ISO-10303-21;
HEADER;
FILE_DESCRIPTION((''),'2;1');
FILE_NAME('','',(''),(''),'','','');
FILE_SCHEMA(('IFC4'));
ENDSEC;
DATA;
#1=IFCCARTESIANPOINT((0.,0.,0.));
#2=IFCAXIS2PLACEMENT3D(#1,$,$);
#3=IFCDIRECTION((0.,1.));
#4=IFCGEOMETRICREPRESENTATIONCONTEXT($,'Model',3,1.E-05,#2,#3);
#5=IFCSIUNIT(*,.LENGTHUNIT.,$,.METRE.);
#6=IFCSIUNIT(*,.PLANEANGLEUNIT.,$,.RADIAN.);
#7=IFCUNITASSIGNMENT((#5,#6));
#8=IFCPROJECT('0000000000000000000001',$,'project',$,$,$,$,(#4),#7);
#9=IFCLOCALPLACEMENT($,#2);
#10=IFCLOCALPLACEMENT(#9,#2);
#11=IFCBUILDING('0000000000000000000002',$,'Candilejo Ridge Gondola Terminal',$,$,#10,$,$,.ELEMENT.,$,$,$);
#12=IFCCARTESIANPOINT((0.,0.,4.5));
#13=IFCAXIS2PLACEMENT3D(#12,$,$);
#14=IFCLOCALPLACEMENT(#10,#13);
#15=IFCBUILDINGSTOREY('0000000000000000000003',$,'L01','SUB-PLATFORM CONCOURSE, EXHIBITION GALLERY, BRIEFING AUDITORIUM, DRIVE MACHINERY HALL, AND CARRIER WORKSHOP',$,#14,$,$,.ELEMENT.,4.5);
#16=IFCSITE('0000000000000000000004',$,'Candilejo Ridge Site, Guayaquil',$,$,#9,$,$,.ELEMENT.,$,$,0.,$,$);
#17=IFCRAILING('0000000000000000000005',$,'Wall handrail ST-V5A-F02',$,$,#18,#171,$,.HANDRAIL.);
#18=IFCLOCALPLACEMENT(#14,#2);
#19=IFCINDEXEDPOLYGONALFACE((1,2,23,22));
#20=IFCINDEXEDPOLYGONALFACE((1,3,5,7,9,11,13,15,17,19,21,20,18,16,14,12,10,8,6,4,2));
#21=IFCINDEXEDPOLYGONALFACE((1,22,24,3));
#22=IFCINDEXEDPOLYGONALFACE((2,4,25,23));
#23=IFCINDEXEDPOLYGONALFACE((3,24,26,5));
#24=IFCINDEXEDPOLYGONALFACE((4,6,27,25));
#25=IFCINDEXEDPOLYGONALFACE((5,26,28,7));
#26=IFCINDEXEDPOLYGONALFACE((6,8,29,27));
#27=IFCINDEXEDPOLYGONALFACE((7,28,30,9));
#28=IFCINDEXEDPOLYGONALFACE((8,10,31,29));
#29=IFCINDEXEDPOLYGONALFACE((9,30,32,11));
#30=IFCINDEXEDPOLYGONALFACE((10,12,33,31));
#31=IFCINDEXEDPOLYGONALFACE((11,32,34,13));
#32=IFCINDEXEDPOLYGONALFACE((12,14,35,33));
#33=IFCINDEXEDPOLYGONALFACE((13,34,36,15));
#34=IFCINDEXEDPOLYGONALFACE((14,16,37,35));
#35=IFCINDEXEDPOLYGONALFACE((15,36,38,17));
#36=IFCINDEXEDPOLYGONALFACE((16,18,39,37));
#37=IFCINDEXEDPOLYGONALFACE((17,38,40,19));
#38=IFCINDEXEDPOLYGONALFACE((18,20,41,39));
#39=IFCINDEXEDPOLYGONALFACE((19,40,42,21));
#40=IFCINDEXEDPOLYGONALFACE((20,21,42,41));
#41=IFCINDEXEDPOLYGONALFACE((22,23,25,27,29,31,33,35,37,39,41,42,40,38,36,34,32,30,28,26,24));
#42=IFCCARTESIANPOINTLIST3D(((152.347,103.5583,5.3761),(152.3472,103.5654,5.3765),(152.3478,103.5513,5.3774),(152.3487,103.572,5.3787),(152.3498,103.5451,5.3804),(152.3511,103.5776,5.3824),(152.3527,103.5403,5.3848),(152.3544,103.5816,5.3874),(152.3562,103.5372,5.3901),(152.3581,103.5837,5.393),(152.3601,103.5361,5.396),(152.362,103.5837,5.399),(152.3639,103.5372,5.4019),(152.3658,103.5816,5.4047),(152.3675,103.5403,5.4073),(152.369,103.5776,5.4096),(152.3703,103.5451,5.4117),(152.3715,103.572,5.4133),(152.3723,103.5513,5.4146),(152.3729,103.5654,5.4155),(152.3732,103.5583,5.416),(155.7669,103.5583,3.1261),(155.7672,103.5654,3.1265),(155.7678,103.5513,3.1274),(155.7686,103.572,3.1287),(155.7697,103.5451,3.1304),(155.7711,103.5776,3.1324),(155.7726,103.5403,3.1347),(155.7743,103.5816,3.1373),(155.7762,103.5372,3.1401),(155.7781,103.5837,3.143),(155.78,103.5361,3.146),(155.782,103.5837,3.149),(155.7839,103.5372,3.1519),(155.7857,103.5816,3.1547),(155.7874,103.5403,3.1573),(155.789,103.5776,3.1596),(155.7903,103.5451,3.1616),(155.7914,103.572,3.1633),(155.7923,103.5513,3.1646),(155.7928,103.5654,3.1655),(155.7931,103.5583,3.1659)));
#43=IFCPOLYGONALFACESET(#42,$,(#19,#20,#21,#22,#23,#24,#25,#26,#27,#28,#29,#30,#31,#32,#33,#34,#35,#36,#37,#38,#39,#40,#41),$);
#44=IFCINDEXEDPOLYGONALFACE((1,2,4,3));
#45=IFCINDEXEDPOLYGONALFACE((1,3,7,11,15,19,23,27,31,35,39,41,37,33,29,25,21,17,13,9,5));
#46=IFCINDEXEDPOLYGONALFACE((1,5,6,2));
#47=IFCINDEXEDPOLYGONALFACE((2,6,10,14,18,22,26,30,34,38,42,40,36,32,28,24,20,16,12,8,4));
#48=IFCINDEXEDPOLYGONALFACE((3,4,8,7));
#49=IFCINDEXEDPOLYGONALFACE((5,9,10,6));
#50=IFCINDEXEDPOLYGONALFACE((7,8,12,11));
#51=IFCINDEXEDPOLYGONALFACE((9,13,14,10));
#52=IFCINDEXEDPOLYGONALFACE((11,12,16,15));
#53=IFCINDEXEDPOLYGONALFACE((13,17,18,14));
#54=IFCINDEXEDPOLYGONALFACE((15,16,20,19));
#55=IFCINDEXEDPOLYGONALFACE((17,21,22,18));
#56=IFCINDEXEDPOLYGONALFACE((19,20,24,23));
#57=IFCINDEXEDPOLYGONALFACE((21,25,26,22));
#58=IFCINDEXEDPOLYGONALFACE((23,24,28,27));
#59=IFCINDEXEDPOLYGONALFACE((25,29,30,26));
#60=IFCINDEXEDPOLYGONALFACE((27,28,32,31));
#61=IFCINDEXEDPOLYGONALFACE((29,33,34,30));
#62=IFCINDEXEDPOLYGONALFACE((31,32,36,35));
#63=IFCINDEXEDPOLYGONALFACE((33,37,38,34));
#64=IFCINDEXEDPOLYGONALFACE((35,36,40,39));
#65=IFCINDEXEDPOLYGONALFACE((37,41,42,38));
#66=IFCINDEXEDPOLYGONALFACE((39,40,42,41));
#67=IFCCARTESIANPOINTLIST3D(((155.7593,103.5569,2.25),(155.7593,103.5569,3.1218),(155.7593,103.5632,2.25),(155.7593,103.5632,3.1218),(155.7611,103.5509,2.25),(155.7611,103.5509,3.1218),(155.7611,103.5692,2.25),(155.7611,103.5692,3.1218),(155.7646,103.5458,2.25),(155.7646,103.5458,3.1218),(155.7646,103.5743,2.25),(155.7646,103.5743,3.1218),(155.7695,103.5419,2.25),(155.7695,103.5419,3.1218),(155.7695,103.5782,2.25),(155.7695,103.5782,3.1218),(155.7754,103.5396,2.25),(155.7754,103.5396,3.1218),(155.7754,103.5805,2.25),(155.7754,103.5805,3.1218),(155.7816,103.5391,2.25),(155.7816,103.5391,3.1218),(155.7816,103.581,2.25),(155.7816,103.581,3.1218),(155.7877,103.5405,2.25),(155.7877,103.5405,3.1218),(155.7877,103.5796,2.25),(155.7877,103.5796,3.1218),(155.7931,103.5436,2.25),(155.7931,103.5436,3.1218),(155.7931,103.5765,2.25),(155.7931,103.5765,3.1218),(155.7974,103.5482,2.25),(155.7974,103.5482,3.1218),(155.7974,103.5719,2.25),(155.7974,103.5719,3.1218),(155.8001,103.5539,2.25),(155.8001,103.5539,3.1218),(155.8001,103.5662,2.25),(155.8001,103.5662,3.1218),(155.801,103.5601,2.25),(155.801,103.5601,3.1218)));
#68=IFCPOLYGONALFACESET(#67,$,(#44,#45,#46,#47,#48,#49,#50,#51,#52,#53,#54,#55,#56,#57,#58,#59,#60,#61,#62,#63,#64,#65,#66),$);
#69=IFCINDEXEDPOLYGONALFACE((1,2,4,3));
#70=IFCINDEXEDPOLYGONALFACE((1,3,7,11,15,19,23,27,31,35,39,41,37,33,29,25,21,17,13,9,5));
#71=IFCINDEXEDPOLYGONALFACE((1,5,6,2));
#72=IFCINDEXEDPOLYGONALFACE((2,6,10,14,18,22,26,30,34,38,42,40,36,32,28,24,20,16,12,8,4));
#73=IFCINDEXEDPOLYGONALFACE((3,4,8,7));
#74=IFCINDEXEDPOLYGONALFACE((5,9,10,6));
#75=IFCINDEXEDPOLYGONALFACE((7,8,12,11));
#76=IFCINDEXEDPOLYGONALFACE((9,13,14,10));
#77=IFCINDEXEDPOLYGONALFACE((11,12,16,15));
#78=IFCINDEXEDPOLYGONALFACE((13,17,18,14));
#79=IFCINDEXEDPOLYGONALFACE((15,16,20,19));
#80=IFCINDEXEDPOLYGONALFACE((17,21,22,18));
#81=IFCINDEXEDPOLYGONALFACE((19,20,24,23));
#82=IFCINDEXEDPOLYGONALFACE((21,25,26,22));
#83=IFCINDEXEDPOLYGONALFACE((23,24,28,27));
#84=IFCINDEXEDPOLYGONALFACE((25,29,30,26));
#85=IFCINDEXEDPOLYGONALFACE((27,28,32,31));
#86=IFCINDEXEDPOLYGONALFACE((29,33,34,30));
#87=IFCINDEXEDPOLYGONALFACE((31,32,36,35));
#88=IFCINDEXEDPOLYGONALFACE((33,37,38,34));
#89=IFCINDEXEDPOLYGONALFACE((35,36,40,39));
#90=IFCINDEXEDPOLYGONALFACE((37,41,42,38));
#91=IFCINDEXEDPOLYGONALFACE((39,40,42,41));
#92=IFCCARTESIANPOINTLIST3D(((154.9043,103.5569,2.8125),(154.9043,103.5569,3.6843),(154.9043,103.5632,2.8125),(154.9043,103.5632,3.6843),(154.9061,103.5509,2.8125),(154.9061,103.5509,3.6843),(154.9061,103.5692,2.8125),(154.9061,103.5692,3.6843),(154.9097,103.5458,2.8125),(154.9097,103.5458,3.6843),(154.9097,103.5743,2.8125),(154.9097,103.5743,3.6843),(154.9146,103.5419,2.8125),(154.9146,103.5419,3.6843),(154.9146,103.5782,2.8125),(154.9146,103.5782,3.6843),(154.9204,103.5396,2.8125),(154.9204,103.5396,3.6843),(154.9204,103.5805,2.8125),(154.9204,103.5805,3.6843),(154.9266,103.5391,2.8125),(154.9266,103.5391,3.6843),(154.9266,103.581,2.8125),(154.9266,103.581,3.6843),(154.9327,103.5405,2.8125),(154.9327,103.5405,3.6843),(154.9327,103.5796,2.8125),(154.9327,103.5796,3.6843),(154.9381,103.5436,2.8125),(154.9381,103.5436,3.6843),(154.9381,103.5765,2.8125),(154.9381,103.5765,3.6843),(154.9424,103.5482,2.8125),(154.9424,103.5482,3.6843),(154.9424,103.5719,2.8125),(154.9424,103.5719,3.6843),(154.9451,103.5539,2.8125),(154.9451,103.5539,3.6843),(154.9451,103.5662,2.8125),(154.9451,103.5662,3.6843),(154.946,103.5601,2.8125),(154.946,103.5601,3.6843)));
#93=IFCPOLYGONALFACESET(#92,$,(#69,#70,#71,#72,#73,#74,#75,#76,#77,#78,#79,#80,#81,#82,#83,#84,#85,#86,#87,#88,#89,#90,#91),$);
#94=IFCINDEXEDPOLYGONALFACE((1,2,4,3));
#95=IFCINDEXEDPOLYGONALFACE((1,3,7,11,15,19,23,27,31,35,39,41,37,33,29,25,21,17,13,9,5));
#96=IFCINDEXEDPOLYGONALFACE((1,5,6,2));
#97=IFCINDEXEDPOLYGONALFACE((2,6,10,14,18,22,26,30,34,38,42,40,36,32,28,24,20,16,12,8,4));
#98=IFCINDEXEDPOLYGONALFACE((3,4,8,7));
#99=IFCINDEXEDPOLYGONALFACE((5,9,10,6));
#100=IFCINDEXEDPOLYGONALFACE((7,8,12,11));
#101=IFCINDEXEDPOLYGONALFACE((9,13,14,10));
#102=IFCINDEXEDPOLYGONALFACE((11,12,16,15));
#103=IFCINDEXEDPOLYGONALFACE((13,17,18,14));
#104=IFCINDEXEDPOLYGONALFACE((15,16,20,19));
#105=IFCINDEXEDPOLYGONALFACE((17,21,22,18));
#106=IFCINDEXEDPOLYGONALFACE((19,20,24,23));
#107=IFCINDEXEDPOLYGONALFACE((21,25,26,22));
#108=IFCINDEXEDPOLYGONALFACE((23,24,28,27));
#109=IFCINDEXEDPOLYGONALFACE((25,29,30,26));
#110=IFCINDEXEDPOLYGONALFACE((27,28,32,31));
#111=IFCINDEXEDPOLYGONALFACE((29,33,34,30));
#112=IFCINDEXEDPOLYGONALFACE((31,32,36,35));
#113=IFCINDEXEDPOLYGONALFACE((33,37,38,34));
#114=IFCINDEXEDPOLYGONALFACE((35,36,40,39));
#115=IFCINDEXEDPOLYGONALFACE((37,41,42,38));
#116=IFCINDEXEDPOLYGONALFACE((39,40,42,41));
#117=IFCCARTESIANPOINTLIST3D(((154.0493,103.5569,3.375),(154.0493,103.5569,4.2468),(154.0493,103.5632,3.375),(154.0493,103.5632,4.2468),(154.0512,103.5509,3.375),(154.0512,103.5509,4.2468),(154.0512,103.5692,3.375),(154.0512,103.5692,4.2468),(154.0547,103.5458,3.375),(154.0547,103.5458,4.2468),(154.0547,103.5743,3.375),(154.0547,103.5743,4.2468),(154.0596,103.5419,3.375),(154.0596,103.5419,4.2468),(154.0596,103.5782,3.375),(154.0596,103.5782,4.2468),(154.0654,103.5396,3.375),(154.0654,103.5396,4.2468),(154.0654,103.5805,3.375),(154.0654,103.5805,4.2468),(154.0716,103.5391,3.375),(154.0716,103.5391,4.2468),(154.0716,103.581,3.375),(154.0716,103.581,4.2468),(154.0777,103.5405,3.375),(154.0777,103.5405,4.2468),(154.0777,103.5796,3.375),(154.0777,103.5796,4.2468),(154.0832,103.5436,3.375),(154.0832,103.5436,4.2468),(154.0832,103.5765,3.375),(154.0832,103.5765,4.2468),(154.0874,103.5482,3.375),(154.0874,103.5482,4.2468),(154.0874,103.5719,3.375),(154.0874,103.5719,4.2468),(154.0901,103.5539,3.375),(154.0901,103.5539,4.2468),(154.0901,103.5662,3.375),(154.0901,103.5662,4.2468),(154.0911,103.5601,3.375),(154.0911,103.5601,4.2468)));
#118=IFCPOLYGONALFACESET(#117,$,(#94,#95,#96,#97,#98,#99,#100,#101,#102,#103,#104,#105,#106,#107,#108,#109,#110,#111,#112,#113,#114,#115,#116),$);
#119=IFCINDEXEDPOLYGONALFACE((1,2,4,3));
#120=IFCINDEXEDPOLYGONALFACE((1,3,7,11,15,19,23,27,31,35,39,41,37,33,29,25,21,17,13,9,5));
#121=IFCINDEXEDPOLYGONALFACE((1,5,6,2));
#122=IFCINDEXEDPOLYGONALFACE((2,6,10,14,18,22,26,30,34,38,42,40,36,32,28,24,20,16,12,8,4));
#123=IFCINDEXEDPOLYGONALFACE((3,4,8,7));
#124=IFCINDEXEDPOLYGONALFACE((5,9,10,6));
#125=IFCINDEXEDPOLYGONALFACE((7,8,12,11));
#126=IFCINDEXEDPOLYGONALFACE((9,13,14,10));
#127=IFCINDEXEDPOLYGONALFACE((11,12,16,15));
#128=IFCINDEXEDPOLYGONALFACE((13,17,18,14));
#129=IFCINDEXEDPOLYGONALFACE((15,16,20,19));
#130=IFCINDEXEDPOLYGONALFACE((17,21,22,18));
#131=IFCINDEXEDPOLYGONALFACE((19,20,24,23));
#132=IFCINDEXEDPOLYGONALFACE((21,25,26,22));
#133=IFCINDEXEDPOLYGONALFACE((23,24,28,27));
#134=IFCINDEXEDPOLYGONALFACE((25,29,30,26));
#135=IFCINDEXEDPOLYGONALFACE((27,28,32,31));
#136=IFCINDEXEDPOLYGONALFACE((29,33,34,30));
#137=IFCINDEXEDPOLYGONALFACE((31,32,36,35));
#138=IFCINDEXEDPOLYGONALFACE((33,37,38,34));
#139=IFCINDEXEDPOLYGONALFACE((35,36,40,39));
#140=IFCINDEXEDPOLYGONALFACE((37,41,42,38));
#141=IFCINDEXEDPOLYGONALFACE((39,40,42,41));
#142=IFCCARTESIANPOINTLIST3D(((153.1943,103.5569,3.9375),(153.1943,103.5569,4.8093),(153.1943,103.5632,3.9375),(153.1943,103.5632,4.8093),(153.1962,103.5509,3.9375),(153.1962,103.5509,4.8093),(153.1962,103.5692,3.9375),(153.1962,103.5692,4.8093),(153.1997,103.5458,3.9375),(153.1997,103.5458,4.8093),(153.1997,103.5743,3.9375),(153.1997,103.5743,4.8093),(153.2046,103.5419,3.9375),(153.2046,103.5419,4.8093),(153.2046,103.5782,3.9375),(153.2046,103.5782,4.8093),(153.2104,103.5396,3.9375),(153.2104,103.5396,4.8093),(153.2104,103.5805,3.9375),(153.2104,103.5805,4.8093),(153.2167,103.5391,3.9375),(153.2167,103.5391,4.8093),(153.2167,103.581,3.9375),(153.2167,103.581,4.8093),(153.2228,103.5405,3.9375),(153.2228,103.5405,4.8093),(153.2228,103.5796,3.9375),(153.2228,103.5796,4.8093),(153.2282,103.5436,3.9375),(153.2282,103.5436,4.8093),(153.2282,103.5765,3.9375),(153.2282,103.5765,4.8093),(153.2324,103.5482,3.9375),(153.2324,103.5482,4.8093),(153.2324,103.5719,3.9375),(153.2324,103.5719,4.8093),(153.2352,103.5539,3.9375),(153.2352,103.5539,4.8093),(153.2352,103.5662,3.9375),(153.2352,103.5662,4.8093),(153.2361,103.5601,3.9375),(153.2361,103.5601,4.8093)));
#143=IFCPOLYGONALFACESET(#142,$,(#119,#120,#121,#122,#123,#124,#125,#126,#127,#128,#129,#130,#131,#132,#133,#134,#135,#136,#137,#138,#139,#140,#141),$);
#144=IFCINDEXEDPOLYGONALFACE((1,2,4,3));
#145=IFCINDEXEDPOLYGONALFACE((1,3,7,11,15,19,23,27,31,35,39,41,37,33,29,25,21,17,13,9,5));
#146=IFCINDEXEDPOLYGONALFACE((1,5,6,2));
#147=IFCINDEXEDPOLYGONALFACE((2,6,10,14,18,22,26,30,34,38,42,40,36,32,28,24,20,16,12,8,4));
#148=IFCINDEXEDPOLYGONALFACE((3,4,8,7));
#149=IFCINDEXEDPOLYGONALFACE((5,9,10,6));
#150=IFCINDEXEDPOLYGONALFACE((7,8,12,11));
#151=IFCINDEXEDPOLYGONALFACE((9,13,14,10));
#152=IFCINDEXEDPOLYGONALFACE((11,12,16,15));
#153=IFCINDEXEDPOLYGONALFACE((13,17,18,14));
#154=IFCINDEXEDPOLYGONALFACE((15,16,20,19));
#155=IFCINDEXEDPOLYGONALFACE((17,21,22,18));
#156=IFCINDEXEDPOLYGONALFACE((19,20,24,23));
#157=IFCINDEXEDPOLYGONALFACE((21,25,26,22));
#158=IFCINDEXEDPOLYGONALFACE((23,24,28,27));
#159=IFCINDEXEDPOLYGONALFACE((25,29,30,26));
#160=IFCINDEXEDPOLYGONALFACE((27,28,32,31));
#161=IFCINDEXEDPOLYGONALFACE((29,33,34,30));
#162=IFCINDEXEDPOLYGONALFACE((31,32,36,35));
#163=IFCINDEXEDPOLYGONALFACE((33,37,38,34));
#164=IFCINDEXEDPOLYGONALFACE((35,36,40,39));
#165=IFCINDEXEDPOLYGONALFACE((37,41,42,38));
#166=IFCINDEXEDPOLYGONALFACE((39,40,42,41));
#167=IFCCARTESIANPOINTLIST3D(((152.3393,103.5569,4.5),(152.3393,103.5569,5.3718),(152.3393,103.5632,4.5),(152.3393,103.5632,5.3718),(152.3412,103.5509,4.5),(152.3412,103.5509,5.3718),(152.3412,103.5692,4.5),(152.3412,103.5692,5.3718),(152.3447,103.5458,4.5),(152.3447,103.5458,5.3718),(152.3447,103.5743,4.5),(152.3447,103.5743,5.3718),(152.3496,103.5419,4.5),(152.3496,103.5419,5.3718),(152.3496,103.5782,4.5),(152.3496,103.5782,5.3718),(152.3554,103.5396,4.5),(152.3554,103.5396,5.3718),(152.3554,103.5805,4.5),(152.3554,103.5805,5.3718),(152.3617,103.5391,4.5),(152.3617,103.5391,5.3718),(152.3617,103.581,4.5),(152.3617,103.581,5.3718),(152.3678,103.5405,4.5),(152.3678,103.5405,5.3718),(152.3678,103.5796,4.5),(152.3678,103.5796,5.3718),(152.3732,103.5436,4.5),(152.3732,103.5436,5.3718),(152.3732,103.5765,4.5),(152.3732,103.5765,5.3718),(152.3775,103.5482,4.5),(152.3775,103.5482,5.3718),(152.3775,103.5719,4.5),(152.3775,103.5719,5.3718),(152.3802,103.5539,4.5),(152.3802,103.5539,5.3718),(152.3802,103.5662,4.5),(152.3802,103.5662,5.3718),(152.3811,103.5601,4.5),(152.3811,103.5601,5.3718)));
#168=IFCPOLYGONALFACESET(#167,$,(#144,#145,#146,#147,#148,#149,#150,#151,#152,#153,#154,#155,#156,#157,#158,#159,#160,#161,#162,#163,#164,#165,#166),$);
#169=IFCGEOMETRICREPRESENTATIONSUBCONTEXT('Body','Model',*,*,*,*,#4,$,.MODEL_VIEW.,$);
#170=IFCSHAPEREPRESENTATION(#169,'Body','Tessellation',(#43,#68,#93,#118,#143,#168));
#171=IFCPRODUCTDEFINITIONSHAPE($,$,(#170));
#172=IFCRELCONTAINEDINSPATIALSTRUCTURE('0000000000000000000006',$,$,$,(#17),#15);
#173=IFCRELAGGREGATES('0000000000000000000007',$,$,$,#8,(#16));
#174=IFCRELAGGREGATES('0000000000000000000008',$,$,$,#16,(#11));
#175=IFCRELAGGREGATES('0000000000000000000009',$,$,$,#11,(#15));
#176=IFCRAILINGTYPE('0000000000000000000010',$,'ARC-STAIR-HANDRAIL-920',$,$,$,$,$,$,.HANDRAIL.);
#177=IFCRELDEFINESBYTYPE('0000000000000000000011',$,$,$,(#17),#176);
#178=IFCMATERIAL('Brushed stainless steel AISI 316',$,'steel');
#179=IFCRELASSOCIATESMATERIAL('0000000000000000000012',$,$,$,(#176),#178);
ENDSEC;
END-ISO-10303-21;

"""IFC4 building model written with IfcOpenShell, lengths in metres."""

from ifc_helpers import new_model, si_unit, direction, frame, origin, origin_2d, place, context, subcontext, project, spatial, circle, extrude, material, type_object, element, save


model = new_model("IFC4")

# Units and contexts
model_context = context("Model", 3, precision=1e-05, world=origin(), true_north=direction((0.0, 1.0)))
body_context = subcontext(model_context, "Body", "Model", "MODEL_VIEW")
ifc_project = project(units=[si_unit("LENGTHUNIT", "METRE"), si_unit("PLANEANGLEUNIT", "RADIAN")], contexts=[model_context])

# Site, building, storey
site_placement = place(None, origin())
site = spatial("IfcSite", under=ifc_project, at=site_placement, Name="Candilejo Ridge Site, Guayaquil", CompositionType="ELEMENT", RefElevation=0.0)
building_placement = place(site_placement, origin())
building = spatial("IfcBuilding", under=site, at=building_placement, Name="Candilejo Ridge Gondola Terminal", CompositionType="ELEMENT")
storey_placement = place(building_placement, frame((0.0, 0.0, 4.5)))
storey = spatial("IfcBuildingStorey", under=building, at=storey_placement, Name="L01", Description="SUB-PLATFORM CONCOURSE, EXHIBITION GALLERY, BRIEFING AUDITORIUM, DRIVE MACHINERY HALL, AND CARRIER WORKSHOP", CompositionType="ELEMENT", Elevation=4.5)

# Railing
ifc_material_1 = material(Name="Brushed stainless steel AISI 316", Category="steel")
railing_type_1 = type_object("IfcRailingType", Name="ARC-STAIR-HANDRAIL-920", PredefinedType="HANDRAIL", material=ifc_material_1)
railing_1_placement = place(storey_placement, frame((155.78, 103.5601, 2.25)))
element("IfcRailing", 1, at=railing_1_placement, inside=storey, type_object=railing_type_1, Name="Wall handrail ST-V5A-F02", PredefinedType="HANDRAIL", context=body_context, shape_type="SweptSolid", body=[
    extrude(circle(Radius=0.0239, at=origin_2d()), frame((0.0, 0.0, 0.896), z_axis=(-0.835411, 0.0, 0.549625), x_axis=(0.0, -1.0, 0.0)), (0.0, 0.0, 1.0), 4.0938),
    extrude(circle(Radius=0.021, at=origin_2d()), origin(), (0.0, 0.0, 1.0), 0.8718),
    extrude(circle(Radius=0.021, at=origin_2d()), frame((-0.855, 0.0, 0.5625)), (0.0, 0.0, 1.0), 0.8718),
    extrude(circle(Radius=0.021, at=origin_2d()), frame((-1.71, 0.0, 1.125)), (0.0, 0.0, 1.0), 0.8718),
    extrude(circle(Radius=0.021, at=origin_2d()), frame((-2.5649, 0.0, 1.6875)), (0.0, 0.0, 1.0), 0.8718),
    extrude(circle(Radius=0.021, at=origin_2d()), frame((-3.4199, 0.0, 2.25)), (0.0, 0.0, 1.0), 0.8718),
])

save(model, "model.ifc")
